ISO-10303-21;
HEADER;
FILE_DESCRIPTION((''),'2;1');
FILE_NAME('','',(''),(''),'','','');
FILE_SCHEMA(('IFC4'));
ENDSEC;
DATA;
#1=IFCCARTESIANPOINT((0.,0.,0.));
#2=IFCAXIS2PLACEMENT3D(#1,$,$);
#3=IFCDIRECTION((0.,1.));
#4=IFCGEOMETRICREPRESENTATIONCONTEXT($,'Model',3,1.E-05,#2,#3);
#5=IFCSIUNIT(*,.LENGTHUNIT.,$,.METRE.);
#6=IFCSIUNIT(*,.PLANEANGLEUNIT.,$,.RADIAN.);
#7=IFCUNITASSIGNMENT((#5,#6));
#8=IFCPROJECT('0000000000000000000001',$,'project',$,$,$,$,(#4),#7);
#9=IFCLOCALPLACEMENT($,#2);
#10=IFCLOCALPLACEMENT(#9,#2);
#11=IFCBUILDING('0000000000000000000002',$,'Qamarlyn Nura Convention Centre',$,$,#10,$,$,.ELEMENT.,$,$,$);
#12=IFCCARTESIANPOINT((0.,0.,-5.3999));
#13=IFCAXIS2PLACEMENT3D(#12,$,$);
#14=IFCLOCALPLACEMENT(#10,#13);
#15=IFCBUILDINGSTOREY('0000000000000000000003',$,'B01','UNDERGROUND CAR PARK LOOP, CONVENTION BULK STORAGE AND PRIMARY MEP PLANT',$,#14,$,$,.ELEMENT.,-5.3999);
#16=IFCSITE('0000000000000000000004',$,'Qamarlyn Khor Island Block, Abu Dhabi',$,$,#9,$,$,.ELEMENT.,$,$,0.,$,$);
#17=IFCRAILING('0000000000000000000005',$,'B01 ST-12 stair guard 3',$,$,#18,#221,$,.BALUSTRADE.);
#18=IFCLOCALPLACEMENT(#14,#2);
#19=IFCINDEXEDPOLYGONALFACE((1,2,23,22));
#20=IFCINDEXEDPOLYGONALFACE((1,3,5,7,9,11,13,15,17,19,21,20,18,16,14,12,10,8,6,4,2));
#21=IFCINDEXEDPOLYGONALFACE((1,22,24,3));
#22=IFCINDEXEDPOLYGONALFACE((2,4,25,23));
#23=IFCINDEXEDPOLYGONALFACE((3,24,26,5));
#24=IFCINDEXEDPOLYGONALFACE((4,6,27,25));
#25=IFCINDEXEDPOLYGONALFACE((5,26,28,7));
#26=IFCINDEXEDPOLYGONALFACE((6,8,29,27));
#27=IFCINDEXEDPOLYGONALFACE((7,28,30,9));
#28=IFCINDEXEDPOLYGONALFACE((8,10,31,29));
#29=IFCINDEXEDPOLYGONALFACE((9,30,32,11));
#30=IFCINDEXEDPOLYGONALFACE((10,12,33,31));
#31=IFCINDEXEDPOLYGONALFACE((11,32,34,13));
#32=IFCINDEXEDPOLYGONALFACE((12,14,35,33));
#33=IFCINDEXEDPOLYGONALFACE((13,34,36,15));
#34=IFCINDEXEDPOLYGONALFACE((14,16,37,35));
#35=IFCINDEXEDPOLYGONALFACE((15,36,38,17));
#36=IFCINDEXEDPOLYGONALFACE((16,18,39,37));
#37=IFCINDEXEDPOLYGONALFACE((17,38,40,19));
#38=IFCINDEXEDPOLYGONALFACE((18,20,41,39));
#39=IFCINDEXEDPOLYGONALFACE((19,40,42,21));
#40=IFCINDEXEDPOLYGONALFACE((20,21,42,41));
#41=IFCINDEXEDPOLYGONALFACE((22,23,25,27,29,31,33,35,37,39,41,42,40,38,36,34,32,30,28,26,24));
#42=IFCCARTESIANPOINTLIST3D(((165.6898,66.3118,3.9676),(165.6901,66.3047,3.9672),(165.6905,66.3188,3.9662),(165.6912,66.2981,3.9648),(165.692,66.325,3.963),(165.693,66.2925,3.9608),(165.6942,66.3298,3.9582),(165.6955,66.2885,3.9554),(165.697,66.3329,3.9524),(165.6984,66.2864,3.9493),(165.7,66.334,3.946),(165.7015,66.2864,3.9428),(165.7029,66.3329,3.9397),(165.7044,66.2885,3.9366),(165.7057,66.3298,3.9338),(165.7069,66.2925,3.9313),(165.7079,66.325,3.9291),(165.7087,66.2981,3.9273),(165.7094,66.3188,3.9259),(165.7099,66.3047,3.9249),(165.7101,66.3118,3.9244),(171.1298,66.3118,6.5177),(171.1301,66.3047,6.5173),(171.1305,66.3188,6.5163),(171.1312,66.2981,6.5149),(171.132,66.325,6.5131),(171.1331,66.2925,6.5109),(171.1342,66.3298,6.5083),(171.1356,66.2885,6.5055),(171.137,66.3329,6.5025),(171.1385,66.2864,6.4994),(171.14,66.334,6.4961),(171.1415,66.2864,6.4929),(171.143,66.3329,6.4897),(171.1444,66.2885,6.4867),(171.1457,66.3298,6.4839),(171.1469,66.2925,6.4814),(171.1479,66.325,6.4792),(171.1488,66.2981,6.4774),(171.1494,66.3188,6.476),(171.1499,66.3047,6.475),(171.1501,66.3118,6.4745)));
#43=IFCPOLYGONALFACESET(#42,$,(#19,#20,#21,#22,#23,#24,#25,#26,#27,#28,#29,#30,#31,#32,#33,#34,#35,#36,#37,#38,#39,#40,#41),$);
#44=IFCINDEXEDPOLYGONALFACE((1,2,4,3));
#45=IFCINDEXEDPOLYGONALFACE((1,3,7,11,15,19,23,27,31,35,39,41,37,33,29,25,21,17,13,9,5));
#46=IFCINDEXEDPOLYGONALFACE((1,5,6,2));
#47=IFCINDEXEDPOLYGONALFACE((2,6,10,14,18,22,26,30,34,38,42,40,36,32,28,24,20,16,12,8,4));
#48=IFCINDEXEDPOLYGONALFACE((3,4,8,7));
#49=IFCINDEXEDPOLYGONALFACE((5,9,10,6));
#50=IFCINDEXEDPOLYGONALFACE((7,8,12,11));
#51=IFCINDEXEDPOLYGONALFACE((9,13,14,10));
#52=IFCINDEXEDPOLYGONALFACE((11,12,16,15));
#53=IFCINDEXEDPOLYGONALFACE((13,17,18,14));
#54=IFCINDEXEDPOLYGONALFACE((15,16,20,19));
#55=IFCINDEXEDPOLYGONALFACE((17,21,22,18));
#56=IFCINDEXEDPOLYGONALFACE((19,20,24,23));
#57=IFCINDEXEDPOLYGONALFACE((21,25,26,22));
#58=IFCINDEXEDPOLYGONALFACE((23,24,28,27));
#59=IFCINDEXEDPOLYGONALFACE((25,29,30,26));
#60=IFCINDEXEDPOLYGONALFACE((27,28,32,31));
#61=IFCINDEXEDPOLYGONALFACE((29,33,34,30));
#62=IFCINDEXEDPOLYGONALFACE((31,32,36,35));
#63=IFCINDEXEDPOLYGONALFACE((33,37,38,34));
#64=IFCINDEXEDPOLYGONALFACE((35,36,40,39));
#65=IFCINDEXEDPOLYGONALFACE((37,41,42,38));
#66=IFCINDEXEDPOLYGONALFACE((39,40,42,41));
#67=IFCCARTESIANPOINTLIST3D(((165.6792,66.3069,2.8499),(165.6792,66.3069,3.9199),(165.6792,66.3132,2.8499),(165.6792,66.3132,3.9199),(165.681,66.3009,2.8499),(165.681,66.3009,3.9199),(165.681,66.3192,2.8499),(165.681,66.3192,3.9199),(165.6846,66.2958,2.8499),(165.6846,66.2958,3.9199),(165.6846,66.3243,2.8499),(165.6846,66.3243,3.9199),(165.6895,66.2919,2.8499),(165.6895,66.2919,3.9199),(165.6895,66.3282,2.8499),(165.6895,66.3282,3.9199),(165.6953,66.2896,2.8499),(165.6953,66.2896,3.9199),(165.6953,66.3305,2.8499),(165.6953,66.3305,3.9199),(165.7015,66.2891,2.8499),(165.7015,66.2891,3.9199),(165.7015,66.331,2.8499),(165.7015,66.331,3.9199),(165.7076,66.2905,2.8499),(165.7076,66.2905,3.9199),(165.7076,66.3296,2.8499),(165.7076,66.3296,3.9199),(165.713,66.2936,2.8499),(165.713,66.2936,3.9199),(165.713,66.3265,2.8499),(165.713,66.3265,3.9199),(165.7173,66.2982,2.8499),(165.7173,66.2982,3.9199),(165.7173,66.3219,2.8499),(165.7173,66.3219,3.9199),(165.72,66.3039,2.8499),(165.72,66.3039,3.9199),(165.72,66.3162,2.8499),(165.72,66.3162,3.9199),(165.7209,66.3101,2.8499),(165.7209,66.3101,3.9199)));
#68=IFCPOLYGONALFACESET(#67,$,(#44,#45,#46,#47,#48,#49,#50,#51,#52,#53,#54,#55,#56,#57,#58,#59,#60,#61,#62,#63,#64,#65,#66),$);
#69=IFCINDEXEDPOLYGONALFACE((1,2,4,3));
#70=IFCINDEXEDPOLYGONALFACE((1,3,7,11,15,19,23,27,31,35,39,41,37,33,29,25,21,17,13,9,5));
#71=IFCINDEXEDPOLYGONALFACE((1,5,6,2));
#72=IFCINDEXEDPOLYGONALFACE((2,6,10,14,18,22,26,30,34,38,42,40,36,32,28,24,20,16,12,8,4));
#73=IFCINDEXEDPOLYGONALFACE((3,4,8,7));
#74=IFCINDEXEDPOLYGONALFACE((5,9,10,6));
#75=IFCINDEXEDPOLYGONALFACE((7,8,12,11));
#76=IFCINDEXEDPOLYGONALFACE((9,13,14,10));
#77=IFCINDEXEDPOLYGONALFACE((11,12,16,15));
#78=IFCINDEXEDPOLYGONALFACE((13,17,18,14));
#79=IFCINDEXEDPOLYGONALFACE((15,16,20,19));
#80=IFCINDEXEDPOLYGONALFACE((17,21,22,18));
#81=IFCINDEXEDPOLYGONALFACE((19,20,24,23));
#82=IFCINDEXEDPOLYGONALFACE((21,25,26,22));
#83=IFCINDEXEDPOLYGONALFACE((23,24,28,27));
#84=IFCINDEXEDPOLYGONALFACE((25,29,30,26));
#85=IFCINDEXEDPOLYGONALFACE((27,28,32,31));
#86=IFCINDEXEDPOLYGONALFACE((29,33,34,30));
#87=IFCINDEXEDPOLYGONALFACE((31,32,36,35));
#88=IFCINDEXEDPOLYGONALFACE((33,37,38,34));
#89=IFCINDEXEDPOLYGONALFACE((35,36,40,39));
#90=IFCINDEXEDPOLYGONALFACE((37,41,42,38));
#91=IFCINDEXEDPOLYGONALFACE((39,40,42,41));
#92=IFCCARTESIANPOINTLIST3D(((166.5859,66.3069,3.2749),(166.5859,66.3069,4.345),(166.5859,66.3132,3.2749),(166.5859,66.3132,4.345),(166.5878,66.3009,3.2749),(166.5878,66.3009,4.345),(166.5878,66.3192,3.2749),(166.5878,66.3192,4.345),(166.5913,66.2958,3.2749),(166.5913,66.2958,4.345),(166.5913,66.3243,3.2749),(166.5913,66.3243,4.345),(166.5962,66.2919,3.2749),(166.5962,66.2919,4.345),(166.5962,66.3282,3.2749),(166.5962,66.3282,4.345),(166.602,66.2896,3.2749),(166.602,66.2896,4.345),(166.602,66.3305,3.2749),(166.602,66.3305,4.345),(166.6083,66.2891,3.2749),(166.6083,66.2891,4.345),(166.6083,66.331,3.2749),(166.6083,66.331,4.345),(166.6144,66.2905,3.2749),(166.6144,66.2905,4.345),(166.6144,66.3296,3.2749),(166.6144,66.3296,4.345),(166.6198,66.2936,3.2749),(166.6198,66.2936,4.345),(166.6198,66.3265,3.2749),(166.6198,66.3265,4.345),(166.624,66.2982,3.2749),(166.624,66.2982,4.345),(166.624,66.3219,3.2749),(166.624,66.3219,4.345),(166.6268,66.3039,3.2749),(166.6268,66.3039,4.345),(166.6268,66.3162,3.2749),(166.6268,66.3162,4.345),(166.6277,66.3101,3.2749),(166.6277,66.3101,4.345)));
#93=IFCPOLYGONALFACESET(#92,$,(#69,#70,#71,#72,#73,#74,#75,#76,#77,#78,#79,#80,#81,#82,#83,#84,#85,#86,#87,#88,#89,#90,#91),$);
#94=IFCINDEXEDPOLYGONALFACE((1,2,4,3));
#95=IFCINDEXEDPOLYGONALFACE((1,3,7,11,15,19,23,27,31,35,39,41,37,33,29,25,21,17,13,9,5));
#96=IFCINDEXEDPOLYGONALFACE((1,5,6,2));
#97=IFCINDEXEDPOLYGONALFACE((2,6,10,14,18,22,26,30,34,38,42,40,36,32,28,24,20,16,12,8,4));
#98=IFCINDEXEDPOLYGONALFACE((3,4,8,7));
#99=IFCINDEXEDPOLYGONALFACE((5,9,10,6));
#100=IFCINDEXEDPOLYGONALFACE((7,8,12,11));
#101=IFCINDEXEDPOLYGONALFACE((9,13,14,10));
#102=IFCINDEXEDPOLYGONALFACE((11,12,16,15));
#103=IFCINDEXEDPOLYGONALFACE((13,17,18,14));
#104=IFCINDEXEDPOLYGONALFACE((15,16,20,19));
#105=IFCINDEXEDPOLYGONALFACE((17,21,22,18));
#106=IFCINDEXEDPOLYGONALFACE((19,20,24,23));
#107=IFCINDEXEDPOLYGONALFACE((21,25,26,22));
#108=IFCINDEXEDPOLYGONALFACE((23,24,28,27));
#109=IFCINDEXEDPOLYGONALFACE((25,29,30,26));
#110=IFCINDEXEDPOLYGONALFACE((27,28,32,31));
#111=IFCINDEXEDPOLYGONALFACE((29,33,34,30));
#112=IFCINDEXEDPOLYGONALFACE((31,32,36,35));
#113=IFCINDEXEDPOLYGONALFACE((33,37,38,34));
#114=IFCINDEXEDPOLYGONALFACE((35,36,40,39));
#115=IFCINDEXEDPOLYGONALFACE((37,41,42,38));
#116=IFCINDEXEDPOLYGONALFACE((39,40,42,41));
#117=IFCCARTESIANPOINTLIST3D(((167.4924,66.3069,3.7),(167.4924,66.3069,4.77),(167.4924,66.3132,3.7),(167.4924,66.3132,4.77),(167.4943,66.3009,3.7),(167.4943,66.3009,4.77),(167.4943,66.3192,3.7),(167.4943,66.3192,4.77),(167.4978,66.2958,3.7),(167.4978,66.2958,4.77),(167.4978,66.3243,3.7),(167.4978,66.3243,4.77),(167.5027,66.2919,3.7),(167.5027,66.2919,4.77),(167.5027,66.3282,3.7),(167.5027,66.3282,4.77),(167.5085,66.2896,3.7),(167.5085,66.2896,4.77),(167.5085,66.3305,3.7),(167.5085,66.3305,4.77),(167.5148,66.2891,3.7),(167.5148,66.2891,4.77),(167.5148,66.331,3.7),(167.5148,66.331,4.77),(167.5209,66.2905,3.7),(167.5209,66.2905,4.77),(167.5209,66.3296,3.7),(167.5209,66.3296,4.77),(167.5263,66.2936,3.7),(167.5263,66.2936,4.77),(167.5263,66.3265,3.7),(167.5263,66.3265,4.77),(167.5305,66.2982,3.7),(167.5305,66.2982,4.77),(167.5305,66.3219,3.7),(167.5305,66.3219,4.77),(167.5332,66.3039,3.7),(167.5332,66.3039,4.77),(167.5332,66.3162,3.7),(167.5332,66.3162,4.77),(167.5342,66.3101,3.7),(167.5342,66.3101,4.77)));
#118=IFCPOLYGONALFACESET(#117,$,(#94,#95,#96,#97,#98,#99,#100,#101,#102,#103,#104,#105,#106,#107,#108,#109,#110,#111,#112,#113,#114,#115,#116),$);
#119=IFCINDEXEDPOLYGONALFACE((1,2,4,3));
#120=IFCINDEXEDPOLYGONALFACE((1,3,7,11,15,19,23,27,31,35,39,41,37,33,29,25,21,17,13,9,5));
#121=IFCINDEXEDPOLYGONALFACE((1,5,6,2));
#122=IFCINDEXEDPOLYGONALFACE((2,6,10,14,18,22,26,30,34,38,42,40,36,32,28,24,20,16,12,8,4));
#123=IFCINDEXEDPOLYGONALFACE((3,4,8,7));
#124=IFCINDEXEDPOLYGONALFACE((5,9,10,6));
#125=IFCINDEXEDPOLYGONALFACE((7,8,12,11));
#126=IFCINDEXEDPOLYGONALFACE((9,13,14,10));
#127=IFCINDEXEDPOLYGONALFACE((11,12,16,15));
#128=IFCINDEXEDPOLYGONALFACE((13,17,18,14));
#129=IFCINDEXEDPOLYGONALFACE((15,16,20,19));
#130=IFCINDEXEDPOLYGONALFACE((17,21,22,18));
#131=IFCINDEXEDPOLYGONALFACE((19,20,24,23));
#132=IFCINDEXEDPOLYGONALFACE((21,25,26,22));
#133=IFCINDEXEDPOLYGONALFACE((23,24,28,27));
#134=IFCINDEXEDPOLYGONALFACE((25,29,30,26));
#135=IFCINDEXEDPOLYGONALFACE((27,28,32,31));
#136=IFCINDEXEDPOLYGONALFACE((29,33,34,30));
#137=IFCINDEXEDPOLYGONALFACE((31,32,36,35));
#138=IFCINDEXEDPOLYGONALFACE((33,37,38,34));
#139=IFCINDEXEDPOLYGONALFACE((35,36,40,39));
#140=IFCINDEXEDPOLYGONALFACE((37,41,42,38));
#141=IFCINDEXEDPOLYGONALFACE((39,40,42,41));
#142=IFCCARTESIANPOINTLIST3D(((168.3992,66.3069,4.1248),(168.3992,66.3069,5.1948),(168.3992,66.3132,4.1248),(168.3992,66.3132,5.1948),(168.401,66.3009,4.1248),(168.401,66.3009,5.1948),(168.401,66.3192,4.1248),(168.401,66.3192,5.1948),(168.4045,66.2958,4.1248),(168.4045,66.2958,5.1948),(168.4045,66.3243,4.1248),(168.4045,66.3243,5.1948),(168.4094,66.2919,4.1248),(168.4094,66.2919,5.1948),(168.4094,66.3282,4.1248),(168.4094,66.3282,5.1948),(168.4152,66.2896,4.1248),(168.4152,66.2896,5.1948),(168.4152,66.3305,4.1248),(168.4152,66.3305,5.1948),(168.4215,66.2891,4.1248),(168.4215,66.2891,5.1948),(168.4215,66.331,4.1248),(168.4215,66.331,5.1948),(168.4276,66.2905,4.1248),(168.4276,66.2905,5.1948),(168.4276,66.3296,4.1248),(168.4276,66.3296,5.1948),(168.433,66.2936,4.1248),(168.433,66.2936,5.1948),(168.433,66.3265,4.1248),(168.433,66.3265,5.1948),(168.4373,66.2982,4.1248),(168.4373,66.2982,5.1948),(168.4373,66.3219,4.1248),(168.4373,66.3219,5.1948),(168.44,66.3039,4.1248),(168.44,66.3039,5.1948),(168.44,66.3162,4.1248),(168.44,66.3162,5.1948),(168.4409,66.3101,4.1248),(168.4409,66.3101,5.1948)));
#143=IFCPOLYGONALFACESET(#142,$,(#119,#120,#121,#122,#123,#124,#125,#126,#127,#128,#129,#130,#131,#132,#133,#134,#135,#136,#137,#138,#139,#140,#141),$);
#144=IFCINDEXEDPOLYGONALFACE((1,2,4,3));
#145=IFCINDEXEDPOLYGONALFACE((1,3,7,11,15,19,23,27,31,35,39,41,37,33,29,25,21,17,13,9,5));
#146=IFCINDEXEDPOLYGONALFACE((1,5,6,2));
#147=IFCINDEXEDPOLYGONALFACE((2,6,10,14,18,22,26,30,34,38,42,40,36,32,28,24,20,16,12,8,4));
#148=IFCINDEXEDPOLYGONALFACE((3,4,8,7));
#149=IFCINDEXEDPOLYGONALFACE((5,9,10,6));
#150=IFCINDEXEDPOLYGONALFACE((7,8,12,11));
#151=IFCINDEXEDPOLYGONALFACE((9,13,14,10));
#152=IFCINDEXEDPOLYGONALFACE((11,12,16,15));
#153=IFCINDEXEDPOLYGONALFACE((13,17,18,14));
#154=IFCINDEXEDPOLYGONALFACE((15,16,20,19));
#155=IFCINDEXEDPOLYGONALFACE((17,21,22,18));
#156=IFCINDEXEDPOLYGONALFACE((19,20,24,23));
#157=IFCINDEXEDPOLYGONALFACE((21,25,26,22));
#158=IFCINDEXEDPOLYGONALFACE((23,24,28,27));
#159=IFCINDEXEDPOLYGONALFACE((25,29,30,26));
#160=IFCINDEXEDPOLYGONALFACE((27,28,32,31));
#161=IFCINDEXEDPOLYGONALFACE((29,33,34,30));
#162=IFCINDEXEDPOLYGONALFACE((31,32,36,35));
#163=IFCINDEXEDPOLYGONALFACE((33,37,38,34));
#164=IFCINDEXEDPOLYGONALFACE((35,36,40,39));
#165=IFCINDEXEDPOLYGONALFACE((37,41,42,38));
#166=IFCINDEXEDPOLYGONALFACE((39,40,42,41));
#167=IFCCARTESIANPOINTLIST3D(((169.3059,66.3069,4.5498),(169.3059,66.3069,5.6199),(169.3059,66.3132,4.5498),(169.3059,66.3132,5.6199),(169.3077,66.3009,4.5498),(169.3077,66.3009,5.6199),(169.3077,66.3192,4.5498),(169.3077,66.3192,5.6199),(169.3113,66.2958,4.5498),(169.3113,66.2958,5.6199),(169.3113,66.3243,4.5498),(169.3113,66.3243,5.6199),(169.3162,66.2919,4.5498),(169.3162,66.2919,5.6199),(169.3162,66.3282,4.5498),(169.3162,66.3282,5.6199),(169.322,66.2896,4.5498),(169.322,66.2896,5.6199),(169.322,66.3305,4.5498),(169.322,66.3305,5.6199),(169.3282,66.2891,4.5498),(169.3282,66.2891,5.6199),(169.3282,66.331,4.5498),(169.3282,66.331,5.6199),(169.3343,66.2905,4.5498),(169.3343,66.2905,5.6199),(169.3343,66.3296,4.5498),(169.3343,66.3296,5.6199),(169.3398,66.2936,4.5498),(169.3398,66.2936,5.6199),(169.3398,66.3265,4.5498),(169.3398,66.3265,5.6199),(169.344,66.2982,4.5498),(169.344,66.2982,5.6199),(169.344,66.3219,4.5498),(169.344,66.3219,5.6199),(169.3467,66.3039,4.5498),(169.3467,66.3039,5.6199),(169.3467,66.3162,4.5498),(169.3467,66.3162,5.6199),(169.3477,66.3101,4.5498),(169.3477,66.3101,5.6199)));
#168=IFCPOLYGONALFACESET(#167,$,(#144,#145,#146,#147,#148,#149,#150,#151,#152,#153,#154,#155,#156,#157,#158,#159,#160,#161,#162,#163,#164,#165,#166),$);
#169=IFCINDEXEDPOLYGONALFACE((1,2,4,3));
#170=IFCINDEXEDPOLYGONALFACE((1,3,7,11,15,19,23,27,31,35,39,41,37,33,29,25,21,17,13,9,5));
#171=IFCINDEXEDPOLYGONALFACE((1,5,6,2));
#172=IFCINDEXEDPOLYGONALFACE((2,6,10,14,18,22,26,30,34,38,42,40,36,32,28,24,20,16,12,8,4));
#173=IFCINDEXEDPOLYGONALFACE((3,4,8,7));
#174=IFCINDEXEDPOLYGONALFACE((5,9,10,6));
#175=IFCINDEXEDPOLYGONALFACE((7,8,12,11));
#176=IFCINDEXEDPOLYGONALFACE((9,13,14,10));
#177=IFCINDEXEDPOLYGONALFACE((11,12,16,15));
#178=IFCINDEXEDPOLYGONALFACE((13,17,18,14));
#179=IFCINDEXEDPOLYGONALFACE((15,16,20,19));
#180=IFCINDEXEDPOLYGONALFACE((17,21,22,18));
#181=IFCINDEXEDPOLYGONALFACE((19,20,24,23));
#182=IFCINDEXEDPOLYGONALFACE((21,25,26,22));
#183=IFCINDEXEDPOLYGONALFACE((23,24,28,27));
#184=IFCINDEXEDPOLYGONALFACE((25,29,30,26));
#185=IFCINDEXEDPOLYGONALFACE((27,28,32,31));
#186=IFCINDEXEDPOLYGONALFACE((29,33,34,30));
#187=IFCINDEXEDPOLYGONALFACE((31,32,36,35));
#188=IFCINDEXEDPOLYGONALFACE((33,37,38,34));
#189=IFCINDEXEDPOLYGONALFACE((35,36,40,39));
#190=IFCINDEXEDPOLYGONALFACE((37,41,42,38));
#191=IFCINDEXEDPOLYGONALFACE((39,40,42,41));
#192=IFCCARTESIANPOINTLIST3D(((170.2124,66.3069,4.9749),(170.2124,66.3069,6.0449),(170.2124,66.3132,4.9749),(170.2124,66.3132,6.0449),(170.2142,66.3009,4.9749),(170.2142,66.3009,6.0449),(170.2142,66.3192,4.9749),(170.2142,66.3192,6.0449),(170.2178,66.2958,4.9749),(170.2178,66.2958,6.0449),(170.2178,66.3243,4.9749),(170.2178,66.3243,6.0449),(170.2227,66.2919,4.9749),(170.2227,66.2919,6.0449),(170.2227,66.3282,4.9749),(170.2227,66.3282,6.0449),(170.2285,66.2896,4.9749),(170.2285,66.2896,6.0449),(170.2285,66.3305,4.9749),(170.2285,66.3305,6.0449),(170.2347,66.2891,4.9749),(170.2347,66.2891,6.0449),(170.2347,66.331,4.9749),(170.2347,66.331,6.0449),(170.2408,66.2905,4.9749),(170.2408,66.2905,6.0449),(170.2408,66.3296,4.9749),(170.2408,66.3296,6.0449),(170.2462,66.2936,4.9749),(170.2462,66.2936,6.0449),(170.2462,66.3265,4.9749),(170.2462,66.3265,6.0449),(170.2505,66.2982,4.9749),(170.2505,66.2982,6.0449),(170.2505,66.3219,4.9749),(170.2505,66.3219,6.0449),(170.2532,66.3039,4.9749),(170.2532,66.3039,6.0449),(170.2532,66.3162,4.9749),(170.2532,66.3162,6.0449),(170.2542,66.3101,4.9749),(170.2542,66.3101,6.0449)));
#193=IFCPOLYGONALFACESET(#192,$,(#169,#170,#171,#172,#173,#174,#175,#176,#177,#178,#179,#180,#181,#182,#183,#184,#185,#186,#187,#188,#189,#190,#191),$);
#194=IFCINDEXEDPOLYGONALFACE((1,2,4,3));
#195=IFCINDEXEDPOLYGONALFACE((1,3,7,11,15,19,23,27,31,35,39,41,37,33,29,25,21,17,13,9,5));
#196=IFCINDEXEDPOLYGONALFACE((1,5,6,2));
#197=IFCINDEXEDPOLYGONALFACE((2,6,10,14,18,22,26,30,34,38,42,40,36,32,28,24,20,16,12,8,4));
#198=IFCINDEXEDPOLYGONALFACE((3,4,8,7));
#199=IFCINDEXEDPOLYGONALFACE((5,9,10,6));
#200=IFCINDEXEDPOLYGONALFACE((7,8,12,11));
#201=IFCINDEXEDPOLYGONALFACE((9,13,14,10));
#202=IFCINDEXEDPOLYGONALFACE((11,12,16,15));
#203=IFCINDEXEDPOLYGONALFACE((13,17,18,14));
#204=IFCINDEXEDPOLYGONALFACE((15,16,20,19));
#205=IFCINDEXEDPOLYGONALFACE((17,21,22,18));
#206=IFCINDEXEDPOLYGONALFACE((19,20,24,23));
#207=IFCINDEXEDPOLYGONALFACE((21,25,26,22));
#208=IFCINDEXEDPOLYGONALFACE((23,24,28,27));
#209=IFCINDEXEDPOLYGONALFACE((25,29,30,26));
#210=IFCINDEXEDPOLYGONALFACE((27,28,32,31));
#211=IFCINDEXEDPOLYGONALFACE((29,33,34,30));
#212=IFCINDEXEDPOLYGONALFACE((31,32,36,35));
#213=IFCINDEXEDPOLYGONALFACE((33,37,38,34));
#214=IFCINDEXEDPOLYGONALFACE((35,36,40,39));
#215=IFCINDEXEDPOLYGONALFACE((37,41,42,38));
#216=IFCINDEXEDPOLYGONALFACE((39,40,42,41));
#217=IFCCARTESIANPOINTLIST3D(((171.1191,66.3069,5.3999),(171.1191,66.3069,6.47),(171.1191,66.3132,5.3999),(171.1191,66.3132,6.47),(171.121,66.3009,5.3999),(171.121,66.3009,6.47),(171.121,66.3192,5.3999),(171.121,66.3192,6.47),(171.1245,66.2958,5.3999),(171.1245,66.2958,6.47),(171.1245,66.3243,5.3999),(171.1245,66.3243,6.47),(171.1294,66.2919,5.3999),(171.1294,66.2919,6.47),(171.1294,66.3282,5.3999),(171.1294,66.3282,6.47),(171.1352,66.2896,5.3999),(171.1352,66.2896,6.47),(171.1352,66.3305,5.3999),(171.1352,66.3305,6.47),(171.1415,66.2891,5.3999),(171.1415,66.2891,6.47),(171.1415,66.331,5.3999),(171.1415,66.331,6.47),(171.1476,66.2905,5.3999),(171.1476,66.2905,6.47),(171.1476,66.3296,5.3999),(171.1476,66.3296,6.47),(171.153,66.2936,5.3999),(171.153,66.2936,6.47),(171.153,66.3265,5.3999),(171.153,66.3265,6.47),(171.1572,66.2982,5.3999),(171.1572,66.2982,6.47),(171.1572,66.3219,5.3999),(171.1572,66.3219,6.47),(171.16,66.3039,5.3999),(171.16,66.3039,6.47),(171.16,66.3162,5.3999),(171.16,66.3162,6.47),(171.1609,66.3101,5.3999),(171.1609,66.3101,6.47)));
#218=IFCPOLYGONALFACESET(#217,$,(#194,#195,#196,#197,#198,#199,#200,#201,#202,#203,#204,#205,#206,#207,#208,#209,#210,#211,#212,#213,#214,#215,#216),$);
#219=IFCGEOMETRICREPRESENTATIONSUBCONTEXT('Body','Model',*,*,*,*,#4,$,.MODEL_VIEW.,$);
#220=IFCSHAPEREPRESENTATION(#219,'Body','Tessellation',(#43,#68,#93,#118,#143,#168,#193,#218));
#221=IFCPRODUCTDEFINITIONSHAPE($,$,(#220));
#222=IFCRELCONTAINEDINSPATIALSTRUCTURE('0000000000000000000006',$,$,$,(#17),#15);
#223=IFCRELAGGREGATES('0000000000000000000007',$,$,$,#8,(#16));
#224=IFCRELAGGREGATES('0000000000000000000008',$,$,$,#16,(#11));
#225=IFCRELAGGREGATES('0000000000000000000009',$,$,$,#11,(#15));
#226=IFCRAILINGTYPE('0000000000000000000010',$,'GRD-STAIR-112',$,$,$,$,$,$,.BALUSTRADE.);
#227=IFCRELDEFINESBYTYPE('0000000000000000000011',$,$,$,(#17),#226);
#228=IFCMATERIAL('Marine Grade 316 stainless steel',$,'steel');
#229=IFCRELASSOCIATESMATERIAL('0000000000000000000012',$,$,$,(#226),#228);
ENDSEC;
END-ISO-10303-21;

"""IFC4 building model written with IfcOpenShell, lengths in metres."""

from ifc_helpers import new_model, si_unit, direction, frame, origin, origin_2d, place, context, subcontext, project, spatial, circle, extrude, material, type_object, element, save


model = new_model("IFC4")

# Units and contexts
model_context = context("Model", 3, precision=1e-05, world=origin(), true_north=direction((0.0, 1.0)))
body_context = subcontext(model_context, "Body", "Model", "MODEL_VIEW")
ifc_project = project(units=[si_unit("LENGTHUNIT", "METRE"), si_unit("PLANEANGLEUNIT", "RADIAN")], contexts=[model_context])

# Site, building, storey
site_placement = place(None, origin())
site = spatial("IfcSite", under=ifc_project, at=site_placement, Name="Qamarlyn Khor Island Block, Abu Dhabi", CompositionType="ELEMENT", RefElevation=0.0)
building_placement = place(site_placement, origin())
building = spatial("IfcBuilding", under=site, at=building_placement, Name="Qamarlyn Nura Convention Centre", CompositionType="ELEMENT")
storey_placement = place(building_placement, frame((0.0, 0.0, -5.3999)))
storey = spatial("IfcBuildingStorey", under=building, at=storey_placement, Name="B01", Description="UNDERGROUND CAR PARK LOOP, CONVENTION BULK STORAGE AND PRIMARY MEP PLANT", CompositionType="ELEMENT", Elevation=-5.3999)

# Shared definitions
ifc_material_1 = material(Name="Marine Grade 316 stainless steel", Category="steel")

# Railing
railing_type = type_object("IfcRailingType", Name="GRD-STAIR-112", PredefinedType="BALUSTRADE", material=ifc_material_1)
railing_1_placement = place(storey_placement, frame((165.7, 66.3101, 2.8499)))
element("IfcRailing", 1, at=railing_1_placement, inside=storey, type_object=railing_type, Name="B01 ST-12 stair guard 3", PredefinedType="BALUSTRADE", context=body_context, shape_type="SweptSolid", body=[
    extrude(circle(Radius=0.0239, at=origin_2d()), frame((0.0, 0.0, 1.0962), z_axis=(0.905454, 0.0, 0.424444), x_axis=(0.0, 1.0, 0.0)), (0.0, 0.0, 1.0), 6.0081),
    extrude(circle(Radius=0.021, at=origin_2d()), origin(), (0.0, 0.0, 1.0), 1.0701),
    extrude(circle(Radius=0.021, at=origin_2d()), frame((0.9067, 0.0, 0.425)), (0.0, 0.0, 1.0), 1.0701),
    extrude(circle(Radius=0.021, at=origin_2d()), frame((1.8132, 0.0, 0.8501)), (0.0, 0.0, 1.0), 1.0701),
    extrude(circle(Radius=0.021, at=origin_2d()), frame((2.72, 0.0, 1.2749)), (0.0, 0.0, 1.0), 1.0701),
    extrude(circle(Radius=0.021, at=origin_2d()), frame((3.6267, 0.0, 1.7)), (0.0, 0.0, 1.0), 1.0701),
    extrude(circle(Radius=0.021, at=origin_2d()), frame((4.5332, 0.0, 2.125)), (0.0, 0.0, 1.0), 1.0701),
    extrude(circle(Radius=0.021, at=origin_2d()), frame((5.4399, 0.0, 2.55)), (0.0, 0.0, 1.0), 1.0701),
])

save(model, "model.ifc")
